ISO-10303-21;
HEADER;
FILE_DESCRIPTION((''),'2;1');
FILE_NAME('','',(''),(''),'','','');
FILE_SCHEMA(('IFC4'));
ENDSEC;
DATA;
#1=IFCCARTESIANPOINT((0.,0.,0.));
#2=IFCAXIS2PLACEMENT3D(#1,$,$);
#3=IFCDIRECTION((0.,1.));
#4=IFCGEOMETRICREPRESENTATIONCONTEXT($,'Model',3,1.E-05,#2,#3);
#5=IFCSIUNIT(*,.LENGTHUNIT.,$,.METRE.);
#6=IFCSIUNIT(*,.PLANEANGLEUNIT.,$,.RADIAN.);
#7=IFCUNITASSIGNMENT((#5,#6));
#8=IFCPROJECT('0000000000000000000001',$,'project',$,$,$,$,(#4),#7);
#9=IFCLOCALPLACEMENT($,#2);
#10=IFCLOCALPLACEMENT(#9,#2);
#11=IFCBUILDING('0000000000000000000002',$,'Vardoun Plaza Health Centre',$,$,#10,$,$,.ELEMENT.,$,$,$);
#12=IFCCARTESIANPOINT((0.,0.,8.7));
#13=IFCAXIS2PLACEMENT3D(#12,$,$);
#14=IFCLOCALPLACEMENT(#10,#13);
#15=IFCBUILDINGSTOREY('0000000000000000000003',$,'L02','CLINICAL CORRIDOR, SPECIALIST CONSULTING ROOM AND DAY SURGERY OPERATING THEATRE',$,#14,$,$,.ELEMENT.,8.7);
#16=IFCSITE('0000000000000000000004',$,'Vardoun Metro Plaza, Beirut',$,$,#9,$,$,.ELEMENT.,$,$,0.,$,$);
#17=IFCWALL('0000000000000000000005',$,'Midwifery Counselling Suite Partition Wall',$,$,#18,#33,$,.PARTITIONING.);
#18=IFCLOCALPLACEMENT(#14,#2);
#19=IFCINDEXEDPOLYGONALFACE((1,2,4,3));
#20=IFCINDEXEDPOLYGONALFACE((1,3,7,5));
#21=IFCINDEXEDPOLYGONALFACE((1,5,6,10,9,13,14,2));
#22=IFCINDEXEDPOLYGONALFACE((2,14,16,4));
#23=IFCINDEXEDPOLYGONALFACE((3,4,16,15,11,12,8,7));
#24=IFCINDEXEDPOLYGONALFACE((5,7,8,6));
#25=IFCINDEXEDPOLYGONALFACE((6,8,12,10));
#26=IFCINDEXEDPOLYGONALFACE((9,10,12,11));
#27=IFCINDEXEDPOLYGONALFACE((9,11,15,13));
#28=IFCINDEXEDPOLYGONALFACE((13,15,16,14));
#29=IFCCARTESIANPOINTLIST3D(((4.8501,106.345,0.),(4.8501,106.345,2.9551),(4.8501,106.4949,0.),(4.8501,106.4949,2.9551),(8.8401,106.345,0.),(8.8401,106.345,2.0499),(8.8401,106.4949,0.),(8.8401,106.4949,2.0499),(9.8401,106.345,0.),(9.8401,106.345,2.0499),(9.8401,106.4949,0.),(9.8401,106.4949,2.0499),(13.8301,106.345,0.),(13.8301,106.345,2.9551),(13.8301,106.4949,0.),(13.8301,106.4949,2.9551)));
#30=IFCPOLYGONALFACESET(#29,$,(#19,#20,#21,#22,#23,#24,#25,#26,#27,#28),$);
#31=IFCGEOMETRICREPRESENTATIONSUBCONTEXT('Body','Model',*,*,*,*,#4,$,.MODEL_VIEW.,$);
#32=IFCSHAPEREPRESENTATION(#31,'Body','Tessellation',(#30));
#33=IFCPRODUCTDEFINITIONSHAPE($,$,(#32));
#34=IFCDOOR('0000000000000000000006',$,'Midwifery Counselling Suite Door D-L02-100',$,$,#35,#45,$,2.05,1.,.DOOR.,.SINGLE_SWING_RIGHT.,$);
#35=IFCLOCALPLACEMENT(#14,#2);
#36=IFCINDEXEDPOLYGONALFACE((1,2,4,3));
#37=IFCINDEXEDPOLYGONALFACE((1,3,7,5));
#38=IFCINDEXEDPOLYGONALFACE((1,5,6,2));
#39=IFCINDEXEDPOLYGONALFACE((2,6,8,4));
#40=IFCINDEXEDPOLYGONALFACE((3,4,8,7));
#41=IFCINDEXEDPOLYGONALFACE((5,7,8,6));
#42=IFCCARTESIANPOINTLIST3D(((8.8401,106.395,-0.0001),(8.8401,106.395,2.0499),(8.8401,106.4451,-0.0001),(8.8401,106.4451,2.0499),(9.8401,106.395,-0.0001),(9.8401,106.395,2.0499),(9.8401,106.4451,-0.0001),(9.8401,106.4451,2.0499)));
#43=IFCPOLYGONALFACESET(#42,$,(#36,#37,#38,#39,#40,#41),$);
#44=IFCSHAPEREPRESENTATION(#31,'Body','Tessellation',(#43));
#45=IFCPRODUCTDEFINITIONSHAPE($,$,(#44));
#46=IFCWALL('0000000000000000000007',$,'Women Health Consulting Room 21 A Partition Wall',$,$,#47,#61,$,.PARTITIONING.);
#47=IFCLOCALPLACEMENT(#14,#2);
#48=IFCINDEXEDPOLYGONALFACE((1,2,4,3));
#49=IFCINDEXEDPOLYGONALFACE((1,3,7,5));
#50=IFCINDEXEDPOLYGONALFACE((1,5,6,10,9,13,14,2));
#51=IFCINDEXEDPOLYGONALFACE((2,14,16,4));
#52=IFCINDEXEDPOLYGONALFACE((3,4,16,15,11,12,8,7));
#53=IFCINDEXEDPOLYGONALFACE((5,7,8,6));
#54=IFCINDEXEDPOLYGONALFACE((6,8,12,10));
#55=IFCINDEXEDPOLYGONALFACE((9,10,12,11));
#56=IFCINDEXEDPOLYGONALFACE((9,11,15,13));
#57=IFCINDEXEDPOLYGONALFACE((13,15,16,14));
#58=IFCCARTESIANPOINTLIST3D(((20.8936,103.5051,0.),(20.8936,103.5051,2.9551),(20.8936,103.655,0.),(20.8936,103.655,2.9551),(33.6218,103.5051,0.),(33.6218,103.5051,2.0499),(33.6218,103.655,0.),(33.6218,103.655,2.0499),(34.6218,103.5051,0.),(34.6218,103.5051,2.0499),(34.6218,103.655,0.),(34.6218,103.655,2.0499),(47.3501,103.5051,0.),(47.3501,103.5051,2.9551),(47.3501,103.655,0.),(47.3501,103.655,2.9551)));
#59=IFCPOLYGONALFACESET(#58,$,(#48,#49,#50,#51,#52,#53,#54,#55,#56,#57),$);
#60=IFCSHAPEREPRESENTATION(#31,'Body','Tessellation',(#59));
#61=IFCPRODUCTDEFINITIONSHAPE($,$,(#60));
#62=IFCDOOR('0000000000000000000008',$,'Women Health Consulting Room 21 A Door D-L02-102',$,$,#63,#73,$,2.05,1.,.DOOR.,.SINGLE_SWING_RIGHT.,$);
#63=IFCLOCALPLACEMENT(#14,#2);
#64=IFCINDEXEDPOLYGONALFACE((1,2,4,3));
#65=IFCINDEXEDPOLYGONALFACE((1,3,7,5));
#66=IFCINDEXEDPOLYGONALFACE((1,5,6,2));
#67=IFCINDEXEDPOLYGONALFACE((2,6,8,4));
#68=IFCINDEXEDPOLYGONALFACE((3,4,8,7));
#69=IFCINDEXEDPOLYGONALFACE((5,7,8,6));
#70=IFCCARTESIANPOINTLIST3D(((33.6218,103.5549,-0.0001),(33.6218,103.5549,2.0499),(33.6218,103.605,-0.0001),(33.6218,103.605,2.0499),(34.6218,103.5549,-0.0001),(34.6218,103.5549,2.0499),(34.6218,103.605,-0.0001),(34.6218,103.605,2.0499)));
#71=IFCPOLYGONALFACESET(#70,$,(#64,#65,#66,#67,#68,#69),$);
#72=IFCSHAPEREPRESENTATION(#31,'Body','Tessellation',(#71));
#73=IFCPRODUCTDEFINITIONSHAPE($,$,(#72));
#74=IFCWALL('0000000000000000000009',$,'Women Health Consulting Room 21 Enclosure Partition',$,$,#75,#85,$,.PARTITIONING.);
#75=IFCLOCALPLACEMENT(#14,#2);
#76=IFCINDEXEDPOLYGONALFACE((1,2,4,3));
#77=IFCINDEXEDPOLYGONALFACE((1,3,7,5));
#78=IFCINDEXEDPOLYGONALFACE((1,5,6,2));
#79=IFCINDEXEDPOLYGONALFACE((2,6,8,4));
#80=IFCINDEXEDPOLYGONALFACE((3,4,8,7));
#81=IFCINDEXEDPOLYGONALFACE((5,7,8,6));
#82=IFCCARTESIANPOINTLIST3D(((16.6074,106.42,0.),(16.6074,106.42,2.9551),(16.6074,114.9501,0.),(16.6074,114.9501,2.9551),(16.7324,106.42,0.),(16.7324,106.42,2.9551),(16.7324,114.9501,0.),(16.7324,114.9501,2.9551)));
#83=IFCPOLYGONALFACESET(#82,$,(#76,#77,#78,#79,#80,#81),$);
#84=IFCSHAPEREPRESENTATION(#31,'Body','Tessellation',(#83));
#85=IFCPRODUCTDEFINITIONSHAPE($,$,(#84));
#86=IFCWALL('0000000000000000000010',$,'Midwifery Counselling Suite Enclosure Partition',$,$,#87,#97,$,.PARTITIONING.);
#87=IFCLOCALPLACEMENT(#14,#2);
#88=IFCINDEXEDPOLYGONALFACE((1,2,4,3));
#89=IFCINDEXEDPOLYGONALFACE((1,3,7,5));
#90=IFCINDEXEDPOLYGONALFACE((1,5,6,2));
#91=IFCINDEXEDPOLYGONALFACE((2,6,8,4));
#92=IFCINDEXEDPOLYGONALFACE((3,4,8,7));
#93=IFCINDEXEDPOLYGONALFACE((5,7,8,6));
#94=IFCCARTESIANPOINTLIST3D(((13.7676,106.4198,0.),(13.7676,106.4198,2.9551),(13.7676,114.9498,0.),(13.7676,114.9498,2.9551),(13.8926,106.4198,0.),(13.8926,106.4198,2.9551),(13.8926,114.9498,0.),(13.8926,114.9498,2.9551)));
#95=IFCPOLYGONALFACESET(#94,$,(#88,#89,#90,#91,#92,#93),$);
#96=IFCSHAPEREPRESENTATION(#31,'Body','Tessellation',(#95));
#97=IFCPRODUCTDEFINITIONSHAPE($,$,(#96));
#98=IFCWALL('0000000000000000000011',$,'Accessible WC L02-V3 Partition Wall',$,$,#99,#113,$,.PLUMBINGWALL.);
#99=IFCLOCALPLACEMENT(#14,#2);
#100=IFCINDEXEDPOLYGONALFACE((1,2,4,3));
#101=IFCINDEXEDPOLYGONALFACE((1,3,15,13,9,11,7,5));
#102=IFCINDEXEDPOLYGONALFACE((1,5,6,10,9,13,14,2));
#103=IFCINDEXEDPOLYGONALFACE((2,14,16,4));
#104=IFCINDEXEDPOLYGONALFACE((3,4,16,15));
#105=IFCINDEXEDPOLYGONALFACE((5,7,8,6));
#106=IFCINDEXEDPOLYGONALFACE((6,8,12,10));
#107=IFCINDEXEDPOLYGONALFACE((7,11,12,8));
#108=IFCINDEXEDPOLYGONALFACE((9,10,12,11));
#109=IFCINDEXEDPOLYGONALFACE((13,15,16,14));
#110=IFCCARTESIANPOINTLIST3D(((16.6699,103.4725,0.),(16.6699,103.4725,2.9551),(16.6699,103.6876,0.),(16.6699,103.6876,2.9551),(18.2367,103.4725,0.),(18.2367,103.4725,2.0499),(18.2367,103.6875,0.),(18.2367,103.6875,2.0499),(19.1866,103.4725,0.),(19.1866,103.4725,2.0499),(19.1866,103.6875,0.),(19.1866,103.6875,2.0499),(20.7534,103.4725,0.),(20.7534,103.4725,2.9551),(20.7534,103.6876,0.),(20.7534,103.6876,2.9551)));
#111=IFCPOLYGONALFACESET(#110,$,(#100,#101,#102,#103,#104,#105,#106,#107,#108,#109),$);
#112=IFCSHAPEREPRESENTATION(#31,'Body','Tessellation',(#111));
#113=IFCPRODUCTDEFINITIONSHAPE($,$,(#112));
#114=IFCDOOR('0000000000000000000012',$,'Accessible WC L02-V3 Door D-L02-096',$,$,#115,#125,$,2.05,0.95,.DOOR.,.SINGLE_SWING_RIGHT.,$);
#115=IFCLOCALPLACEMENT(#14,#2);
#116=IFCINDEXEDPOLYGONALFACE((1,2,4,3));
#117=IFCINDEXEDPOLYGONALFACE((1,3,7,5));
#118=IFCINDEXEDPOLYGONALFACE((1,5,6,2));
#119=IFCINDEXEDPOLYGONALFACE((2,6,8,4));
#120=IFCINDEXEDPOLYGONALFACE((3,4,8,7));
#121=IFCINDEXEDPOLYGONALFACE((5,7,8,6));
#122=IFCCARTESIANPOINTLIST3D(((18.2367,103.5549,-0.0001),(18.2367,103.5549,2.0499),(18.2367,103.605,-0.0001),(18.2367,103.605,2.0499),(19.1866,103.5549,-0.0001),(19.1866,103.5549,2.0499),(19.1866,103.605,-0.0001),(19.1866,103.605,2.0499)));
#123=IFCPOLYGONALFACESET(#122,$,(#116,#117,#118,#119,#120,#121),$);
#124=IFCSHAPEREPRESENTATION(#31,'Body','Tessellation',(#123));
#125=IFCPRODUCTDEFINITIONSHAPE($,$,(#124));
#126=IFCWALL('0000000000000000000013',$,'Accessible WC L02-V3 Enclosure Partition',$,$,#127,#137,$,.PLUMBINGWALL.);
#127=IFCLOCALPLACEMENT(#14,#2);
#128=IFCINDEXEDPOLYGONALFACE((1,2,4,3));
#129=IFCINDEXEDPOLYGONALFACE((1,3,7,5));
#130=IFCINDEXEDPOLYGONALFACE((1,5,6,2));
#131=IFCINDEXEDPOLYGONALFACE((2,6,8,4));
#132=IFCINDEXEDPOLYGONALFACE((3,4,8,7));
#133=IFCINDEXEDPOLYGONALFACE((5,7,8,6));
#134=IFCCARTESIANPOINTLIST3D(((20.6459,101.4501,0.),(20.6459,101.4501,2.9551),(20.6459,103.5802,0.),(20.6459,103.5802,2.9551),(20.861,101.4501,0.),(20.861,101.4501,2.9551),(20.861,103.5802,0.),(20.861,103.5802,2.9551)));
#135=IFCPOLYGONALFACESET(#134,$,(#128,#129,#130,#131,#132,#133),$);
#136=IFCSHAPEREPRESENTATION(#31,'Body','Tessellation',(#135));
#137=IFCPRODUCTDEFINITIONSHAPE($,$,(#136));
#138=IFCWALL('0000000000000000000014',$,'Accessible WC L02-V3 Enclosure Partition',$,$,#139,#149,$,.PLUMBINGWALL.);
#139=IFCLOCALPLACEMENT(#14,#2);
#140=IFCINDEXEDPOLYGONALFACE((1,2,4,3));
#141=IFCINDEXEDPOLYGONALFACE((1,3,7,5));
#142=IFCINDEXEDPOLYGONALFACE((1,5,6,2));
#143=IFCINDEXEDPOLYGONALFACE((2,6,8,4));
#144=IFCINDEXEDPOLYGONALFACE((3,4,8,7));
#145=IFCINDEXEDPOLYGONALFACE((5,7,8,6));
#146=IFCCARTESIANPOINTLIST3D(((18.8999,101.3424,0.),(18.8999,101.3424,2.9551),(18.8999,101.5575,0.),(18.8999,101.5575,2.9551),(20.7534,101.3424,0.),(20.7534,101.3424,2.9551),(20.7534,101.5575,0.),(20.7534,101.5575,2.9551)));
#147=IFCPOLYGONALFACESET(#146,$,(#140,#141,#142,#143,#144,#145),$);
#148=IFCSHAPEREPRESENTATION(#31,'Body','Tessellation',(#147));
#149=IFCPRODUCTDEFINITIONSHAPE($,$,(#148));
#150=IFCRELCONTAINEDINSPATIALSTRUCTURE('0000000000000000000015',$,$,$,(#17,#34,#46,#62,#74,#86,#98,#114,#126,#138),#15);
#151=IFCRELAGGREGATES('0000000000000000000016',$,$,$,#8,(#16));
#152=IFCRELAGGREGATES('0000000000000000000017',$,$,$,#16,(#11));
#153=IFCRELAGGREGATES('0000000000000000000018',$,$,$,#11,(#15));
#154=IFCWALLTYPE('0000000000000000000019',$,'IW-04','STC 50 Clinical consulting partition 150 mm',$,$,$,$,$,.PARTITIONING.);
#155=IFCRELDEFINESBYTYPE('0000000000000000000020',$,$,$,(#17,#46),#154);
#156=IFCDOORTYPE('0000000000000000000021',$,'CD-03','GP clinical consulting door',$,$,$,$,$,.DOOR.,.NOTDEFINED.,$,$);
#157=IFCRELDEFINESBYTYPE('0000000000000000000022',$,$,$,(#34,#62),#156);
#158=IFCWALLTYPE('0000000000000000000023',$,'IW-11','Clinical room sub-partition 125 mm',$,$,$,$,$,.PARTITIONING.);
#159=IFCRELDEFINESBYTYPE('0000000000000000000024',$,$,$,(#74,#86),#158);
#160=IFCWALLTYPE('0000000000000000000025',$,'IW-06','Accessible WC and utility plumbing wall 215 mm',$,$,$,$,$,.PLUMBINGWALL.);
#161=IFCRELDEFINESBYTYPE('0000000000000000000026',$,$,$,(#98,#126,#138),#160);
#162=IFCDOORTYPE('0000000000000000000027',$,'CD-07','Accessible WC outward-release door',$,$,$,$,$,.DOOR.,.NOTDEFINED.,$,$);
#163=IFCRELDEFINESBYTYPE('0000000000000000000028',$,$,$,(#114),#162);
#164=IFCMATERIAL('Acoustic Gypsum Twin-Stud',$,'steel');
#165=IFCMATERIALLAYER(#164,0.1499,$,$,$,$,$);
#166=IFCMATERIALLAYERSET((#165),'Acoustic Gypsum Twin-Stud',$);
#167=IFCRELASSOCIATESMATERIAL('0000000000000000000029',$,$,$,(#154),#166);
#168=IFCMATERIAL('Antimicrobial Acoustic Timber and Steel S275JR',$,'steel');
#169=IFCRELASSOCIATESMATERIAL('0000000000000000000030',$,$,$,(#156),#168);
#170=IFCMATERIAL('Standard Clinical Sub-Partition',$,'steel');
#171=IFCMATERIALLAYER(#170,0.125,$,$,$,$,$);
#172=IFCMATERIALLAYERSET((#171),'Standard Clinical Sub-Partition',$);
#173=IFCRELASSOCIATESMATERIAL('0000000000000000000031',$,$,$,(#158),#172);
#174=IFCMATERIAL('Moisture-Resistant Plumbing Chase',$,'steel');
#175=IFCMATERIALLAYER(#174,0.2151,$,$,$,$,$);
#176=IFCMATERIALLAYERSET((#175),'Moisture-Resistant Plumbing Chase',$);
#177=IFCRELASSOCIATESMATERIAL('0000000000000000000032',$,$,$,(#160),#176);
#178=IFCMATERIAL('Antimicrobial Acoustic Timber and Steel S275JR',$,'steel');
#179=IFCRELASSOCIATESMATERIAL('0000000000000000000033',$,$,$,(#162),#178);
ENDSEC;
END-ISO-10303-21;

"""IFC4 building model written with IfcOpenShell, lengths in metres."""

from ifc_helpers import new_model, si_unit, direction, frame, frame_2d, origin, place, context, subcontext, project, spatial, rectangle, extrude, material, layer, layer_set, type_object, element, fill, save


model = new_model("IFC4")

# Units and contexts
model_context = context("Model", 3, precision=1e-05, world=origin(), true_north=direction((0.0, 1.0)))
body_context = subcontext(model_context, "Body", "Model", "MODEL_VIEW")
ifc_project = project(units=[si_unit("LENGTHUNIT", "METRE"), si_unit("PLANEANGLEUNIT", "RADIAN")], contexts=[model_context])

# Site, building, storey
site_placement = place(None, origin())
site = spatial("IfcSite", under=ifc_project, at=site_placement, Name="Vardoun Metro Plaza, Beirut", CompositionType="ELEMENT", RefElevation=0.0)
building_placement = place(site_placement, origin())
building = spatial("IfcBuilding", under=site, at=building_placement, Name="Vardoun Plaza Health Centre", CompositionType="ELEMENT")
storey_placement = place(building_placement, frame((0.0, 0.0, 8.7)))
storey = spatial("IfcBuildingStorey", under=building, at=storey_placement, Name="L02", Description="CLINICAL CORRIDOR, SPECIALIST CONSULTING ROOM AND DAY SURGERY OPERATING THEATRE", CompositionType="ELEMENT", Elevation=8.7)

# Walls, openings, doors
ifc_material_1 = material(Name="Acoustic Gypsum Twin-Stud", Category="steel")
ifc_layer_1 = layer(ifc_material_1, 0.1499)
ifc_layer_set_1 = layer_set([ifc_layer_1], Name="Acoustic Gypsum Twin-Stud")
wall_type_1 = type_object("IfcWallType", Name="IW-04", Description="STC 50 Clinical consulting partition 150 mm", PredefinedType="PARTITIONING", material=ifc_layer_set_1)
wall_1_placement = place(storey_placement, frame((13.8301, 106.4199, 0.0), z_axis=(0.0, 0.0, 1.0), x_axis=(-1.0, 0.0, 0.0)))
wall_1 = element("IfcWall", 1, at=wall_1_placement, inside=storey, type_object=wall_type_1, Name="Midwifery Counselling Suite Partition Wall", PredefinedType="PARTITIONING", context=body_context, shape_type="SweptSolid", body=[
    extrude(rectangle(XDim=8.98, YDim=0.1499, at=frame_2d((4.49, 0.0))), origin(), (0.0, 0.0, 1.0), 2.9551),
])
opening_1_placement = place(wall_1_placement, frame((3.99, 0.0, 0.0)))
opening_1 = element("IfcOpeningElement", 2, at=opening_1_placement, cuts=wall_1, PredefinedType="OPENING", context=body_context, shape_type="SweptSolid", body=[
    extrude(rectangle(XDim=1.0, YDim=2.05, at=frame_2d((0.5, 1.0249))), frame((0.0, 0.075, 0.0), z_axis=(0.0, -1.0, 0.0), x_axis=(1.0, 0.0, 0.0)), (0.0, 0.0, 1.0), 0.1499),
])
ifc_material_2 = material(Name="Antimicrobial Acoustic Timber and Steel S275JR", Category="steel")
door_type_1 = type_object("IfcDoorType", Name="CD-03", Description="GP clinical consulting door", OperationType="NOTDEFINED", PredefinedType="DOOR", material=ifc_material_2)
door_1_placement = place(opening_1_placement, origin())
door_1 = element("IfcDoor", 3, at=door_1_placement, inside=storey, type_object=door_type_1, Name="Midwifery Counselling Suite Door D-L02-100", OperationType="SINGLE_SWING_RIGHT", OverallHeight=2.05, OverallWidth=1.0, PredefinedType="DOOR", context=body_context, shape_type="SweptSolid", body=[
    extrude(rectangle(XDim=1.0, YDim=2.05, at=frame_2d((0.5, 1.0249))), frame((0.0, 0.0249, 0.0), z_axis=(0.0, -1.0, 0.0), x_axis=(1.0, 0.0, 0.0)), (0.0, 0.0, 1.0), 0.05),
])
fill(opening_1, door_1)
wall_2_placement = place(storey_placement, frame((20.8936, 103.5801, 0.0), z_axis=(0.0, 0.0, 1.0), x_axis=(1.0, 0.0, 0.0)))
wall_2 = element("IfcWall", 4, at=wall_2_placement, inside=storey, type_object=wall_type_1, Name="Women Health Consulting Room 21 A Partition Wall", PredefinedType="PARTITIONING", context=body_context, shape_type="SweptSolid", body=[
    extrude(rectangle(XDim=26.4565, YDim=0.1499, at=frame_2d((13.2283, 0.0))), origin(), (0.0, 0.0, 1.0), 2.9551),
])
opening_2_placement = place(wall_2_placement, frame((12.7283, 0.0, 0.0)))
opening_2 = element("IfcOpeningElement", 5, at=opening_2_placement, cuts=wall_2, PredefinedType="OPENING", context=body_context, shape_type="SweptSolid", body=[
    extrude(rectangle(XDim=1.0, YDim=2.05, at=frame_2d((0.5, 1.0249))), frame((0.0, 0.075, 0.0), z_axis=(0.0, -1.0, 0.0), x_axis=(1.0, 0.0, 0.0)), (0.0, 0.0, 1.0), 0.1499),
])
door_2_placement = place(opening_2_placement, origin())
door_2 = element("IfcDoor", 6, at=door_2_placement, inside=storey, type_object=door_type_1, Name="Women Health Consulting Room 21 A Door D-L02-102", OperationType="SINGLE_SWING_RIGHT", OverallHeight=2.05, OverallWidth=1.0, PredefinedType="DOOR", context=body_context, shape_type="SweptSolid", body=[
    extrude(rectangle(XDim=1.0, YDim=2.05, at=frame_2d((0.5, 1.0249))), frame((0.0, 0.0249, 0.0), z_axis=(0.0, -1.0, 0.0), x_axis=(1.0, 0.0, 0.0)), (0.0, 0.0, 1.0), 0.05),
])
fill(opening_2, door_2)

# Walls
ifc_material_3 = material(Name="Standard Clinical Sub-Partition", Category="steel")
ifc_layer_2 = layer(ifc_material_3, 0.125)
ifc_layer_set_2 = layer_set([ifc_layer_2], Name="Standard Clinical Sub-Partition")
wall_type_2 = type_object("IfcWallType", Name="IW-11", Description="Clinical room sub-partition 125 mm", PredefinedType="PARTITIONING", material=ifc_layer_set_2)
for number, where, z_axis, x_axis, name in (
    (7, (16.6699, 106.4199, 0.0), (0.0, 0.0, 1.0), (0.0, 1.0, 0.0), "Women Health Consulting Room 21 Enclosure Partition"),
    (8, (13.8301, 114.95, 0.0), (0.0, 0.0, 1.0), (0.0, -1.0, 0.0), "Midwifery Counselling Suite Enclosure Partition"),
):
    element("IfcWall", number, at=place(storey_placement, frame(where, z_axis=z_axis, x_axis=x_axis)), inside=storey, type_object=wall_type_2, Name=name, PredefinedType="PARTITIONING", context=body_context, shape_type="SweptSolid", body=[
        extrude(rectangle(XDim=8.53, YDim=0.125, at=frame_2d((4.2651, 0.0))), origin(), (0.0, 0.0, 1.0), 2.9551),
    ])

# Wall, opening, door
ifc_material_4 = material(Name="Moisture-Resistant Plumbing Chase", Category="steel")
ifc_layer_3 = layer(ifc_material_4, 0.2151)
ifc_layer_set_3 = layer_set([ifc_layer_3], Name="Moisture-Resistant Plumbing Chase")
wall_type_3 = type_object("IfcWallType", Name="IW-06", Description="Accessible WC and utility plumbing wall 215 mm", PredefinedType="PLUMBINGWALL", material=ifc_layer_set_3)
wall_3_placement = place(storey_placement, frame((16.6699, 103.5801, 0.0), z_axis=(0.0, 0.0, 1.0), x_axis=(1.0, 0.0, 0.0)))
wall_3 = element("IfcWall", 9, at=wall_3_placement, inside=storey, type_object=wall_type_3, Name="Accessible WC L02-V3 Partition Wall", PredefinedType="PLUMBINGWALL", context=body_context, shape_type="SweptSolid", body=[
    extrude(rectangle(XDim=4.0835, YDim=0.2151, at=frame_2d((2.0417, 0.0))), origin(), (0.0, 0.0, 1.0), 2.9551),
])
opening_3_placement = place(wall_3_placement, frame((1.5667, 0.0, 0.0)))
opening_3 = element("IfcOpeningElement", 10, at=opening_3_placement, cuts=wall_3, PredefinedType="OPENING", context=body_context, shape_type="SweptSolid", body=[
    extrude(rectangle(XDim=0.95, YDim=2.05, at=frame_2d((0.4751, 1.0249))), frame((0.0, 0.1074, 0.0), z_axis=(0.0, -1.0, 0.0), x_axis=(1.0, 0.0, 0.0)), (0.0, 0.0, 1.0), 0.2151),
])
ifc_material_5 = material(Name="Antimicrobial Acoustic Timber and Steel S275JR", Category="steel")
door_type_2 = type_object("IfcDoorType", Name="CD-07", Description="Accessible WC outward-release door", OperationType="NOTDEFINED", PredefinedType="DOOR", material=ifc_material_5)
door_3_placement = place(opening_3_placement, origin())
door_3 = element("IfcDoor", 11, at=door_3_placement, inside=storey, type_object=door_type_2, Name="Accessible WC L02-V3 Door D-L02-096", OperationType="SINGLE_SWING_RIGHT", OverallHeight=2.05, OverallWidth=0.95, PredefinedType="DOOR", context=body_context, shape_type="SweptSolid", body=[
    extrude(rectangle(XDim=0.95, YDim=2.05, at=frame_2d((0.4751, 1.0249))), frame((0.0, 0.0249, 0.0), z_axis=(0.0, -1.0, 0.0), x_axis=(1.0, 0.0, 0.0)), (0.0, 0.0, 1.0), 0.05),
])
fill(opening_3, door_3)

# Walls
wall_4_placement = place(storey_placement, frame((20.7534, 103.5801, 0.0), z_axis=(0.0, 0.0, 1.0), x_axis=(0.0, -1.0, 0.0)))
element("IfcWall", 12, at=wall_4_placement, inside=storey, type_object=wall_type_3, Name="Accessible WC L02-V3 Enclosure Partition", PredefinedType="PLUMBINGWALL", context=body_context, shape_type="SweptSolid", body=[
    extrude(rectangle(XDim=2.1301, YDim=0.2151, at=frame_2d((1.0649, 0.0))), origin(), (0.0, 0.0, 1.0), 2.9551),
])
wall_5_placement = place(storey_placement, frame((20.7534, 101.45, 0.0), z_axis=(0.0, 0.0, 1.0), x_axis=(-1.0, 0.0, 0.0)))
element("IfcWall", 13, at=wall_5_placement, inside=storey, type_object=wall_type_3, Name="Accessible WC L02-V3 Enclosure Partition", PredefinedType="PLUMBINGWALL", context=body_context, shape_type="SweptSolid", body=[
    extrude(rectangle(XDim=1.8535, YDim=0.2151, at=frame_2d((0.9268, 0.0))), origin(), (0.0, 0.0, 1.0), 2.9551),
])

save(model, "model.ifc")
